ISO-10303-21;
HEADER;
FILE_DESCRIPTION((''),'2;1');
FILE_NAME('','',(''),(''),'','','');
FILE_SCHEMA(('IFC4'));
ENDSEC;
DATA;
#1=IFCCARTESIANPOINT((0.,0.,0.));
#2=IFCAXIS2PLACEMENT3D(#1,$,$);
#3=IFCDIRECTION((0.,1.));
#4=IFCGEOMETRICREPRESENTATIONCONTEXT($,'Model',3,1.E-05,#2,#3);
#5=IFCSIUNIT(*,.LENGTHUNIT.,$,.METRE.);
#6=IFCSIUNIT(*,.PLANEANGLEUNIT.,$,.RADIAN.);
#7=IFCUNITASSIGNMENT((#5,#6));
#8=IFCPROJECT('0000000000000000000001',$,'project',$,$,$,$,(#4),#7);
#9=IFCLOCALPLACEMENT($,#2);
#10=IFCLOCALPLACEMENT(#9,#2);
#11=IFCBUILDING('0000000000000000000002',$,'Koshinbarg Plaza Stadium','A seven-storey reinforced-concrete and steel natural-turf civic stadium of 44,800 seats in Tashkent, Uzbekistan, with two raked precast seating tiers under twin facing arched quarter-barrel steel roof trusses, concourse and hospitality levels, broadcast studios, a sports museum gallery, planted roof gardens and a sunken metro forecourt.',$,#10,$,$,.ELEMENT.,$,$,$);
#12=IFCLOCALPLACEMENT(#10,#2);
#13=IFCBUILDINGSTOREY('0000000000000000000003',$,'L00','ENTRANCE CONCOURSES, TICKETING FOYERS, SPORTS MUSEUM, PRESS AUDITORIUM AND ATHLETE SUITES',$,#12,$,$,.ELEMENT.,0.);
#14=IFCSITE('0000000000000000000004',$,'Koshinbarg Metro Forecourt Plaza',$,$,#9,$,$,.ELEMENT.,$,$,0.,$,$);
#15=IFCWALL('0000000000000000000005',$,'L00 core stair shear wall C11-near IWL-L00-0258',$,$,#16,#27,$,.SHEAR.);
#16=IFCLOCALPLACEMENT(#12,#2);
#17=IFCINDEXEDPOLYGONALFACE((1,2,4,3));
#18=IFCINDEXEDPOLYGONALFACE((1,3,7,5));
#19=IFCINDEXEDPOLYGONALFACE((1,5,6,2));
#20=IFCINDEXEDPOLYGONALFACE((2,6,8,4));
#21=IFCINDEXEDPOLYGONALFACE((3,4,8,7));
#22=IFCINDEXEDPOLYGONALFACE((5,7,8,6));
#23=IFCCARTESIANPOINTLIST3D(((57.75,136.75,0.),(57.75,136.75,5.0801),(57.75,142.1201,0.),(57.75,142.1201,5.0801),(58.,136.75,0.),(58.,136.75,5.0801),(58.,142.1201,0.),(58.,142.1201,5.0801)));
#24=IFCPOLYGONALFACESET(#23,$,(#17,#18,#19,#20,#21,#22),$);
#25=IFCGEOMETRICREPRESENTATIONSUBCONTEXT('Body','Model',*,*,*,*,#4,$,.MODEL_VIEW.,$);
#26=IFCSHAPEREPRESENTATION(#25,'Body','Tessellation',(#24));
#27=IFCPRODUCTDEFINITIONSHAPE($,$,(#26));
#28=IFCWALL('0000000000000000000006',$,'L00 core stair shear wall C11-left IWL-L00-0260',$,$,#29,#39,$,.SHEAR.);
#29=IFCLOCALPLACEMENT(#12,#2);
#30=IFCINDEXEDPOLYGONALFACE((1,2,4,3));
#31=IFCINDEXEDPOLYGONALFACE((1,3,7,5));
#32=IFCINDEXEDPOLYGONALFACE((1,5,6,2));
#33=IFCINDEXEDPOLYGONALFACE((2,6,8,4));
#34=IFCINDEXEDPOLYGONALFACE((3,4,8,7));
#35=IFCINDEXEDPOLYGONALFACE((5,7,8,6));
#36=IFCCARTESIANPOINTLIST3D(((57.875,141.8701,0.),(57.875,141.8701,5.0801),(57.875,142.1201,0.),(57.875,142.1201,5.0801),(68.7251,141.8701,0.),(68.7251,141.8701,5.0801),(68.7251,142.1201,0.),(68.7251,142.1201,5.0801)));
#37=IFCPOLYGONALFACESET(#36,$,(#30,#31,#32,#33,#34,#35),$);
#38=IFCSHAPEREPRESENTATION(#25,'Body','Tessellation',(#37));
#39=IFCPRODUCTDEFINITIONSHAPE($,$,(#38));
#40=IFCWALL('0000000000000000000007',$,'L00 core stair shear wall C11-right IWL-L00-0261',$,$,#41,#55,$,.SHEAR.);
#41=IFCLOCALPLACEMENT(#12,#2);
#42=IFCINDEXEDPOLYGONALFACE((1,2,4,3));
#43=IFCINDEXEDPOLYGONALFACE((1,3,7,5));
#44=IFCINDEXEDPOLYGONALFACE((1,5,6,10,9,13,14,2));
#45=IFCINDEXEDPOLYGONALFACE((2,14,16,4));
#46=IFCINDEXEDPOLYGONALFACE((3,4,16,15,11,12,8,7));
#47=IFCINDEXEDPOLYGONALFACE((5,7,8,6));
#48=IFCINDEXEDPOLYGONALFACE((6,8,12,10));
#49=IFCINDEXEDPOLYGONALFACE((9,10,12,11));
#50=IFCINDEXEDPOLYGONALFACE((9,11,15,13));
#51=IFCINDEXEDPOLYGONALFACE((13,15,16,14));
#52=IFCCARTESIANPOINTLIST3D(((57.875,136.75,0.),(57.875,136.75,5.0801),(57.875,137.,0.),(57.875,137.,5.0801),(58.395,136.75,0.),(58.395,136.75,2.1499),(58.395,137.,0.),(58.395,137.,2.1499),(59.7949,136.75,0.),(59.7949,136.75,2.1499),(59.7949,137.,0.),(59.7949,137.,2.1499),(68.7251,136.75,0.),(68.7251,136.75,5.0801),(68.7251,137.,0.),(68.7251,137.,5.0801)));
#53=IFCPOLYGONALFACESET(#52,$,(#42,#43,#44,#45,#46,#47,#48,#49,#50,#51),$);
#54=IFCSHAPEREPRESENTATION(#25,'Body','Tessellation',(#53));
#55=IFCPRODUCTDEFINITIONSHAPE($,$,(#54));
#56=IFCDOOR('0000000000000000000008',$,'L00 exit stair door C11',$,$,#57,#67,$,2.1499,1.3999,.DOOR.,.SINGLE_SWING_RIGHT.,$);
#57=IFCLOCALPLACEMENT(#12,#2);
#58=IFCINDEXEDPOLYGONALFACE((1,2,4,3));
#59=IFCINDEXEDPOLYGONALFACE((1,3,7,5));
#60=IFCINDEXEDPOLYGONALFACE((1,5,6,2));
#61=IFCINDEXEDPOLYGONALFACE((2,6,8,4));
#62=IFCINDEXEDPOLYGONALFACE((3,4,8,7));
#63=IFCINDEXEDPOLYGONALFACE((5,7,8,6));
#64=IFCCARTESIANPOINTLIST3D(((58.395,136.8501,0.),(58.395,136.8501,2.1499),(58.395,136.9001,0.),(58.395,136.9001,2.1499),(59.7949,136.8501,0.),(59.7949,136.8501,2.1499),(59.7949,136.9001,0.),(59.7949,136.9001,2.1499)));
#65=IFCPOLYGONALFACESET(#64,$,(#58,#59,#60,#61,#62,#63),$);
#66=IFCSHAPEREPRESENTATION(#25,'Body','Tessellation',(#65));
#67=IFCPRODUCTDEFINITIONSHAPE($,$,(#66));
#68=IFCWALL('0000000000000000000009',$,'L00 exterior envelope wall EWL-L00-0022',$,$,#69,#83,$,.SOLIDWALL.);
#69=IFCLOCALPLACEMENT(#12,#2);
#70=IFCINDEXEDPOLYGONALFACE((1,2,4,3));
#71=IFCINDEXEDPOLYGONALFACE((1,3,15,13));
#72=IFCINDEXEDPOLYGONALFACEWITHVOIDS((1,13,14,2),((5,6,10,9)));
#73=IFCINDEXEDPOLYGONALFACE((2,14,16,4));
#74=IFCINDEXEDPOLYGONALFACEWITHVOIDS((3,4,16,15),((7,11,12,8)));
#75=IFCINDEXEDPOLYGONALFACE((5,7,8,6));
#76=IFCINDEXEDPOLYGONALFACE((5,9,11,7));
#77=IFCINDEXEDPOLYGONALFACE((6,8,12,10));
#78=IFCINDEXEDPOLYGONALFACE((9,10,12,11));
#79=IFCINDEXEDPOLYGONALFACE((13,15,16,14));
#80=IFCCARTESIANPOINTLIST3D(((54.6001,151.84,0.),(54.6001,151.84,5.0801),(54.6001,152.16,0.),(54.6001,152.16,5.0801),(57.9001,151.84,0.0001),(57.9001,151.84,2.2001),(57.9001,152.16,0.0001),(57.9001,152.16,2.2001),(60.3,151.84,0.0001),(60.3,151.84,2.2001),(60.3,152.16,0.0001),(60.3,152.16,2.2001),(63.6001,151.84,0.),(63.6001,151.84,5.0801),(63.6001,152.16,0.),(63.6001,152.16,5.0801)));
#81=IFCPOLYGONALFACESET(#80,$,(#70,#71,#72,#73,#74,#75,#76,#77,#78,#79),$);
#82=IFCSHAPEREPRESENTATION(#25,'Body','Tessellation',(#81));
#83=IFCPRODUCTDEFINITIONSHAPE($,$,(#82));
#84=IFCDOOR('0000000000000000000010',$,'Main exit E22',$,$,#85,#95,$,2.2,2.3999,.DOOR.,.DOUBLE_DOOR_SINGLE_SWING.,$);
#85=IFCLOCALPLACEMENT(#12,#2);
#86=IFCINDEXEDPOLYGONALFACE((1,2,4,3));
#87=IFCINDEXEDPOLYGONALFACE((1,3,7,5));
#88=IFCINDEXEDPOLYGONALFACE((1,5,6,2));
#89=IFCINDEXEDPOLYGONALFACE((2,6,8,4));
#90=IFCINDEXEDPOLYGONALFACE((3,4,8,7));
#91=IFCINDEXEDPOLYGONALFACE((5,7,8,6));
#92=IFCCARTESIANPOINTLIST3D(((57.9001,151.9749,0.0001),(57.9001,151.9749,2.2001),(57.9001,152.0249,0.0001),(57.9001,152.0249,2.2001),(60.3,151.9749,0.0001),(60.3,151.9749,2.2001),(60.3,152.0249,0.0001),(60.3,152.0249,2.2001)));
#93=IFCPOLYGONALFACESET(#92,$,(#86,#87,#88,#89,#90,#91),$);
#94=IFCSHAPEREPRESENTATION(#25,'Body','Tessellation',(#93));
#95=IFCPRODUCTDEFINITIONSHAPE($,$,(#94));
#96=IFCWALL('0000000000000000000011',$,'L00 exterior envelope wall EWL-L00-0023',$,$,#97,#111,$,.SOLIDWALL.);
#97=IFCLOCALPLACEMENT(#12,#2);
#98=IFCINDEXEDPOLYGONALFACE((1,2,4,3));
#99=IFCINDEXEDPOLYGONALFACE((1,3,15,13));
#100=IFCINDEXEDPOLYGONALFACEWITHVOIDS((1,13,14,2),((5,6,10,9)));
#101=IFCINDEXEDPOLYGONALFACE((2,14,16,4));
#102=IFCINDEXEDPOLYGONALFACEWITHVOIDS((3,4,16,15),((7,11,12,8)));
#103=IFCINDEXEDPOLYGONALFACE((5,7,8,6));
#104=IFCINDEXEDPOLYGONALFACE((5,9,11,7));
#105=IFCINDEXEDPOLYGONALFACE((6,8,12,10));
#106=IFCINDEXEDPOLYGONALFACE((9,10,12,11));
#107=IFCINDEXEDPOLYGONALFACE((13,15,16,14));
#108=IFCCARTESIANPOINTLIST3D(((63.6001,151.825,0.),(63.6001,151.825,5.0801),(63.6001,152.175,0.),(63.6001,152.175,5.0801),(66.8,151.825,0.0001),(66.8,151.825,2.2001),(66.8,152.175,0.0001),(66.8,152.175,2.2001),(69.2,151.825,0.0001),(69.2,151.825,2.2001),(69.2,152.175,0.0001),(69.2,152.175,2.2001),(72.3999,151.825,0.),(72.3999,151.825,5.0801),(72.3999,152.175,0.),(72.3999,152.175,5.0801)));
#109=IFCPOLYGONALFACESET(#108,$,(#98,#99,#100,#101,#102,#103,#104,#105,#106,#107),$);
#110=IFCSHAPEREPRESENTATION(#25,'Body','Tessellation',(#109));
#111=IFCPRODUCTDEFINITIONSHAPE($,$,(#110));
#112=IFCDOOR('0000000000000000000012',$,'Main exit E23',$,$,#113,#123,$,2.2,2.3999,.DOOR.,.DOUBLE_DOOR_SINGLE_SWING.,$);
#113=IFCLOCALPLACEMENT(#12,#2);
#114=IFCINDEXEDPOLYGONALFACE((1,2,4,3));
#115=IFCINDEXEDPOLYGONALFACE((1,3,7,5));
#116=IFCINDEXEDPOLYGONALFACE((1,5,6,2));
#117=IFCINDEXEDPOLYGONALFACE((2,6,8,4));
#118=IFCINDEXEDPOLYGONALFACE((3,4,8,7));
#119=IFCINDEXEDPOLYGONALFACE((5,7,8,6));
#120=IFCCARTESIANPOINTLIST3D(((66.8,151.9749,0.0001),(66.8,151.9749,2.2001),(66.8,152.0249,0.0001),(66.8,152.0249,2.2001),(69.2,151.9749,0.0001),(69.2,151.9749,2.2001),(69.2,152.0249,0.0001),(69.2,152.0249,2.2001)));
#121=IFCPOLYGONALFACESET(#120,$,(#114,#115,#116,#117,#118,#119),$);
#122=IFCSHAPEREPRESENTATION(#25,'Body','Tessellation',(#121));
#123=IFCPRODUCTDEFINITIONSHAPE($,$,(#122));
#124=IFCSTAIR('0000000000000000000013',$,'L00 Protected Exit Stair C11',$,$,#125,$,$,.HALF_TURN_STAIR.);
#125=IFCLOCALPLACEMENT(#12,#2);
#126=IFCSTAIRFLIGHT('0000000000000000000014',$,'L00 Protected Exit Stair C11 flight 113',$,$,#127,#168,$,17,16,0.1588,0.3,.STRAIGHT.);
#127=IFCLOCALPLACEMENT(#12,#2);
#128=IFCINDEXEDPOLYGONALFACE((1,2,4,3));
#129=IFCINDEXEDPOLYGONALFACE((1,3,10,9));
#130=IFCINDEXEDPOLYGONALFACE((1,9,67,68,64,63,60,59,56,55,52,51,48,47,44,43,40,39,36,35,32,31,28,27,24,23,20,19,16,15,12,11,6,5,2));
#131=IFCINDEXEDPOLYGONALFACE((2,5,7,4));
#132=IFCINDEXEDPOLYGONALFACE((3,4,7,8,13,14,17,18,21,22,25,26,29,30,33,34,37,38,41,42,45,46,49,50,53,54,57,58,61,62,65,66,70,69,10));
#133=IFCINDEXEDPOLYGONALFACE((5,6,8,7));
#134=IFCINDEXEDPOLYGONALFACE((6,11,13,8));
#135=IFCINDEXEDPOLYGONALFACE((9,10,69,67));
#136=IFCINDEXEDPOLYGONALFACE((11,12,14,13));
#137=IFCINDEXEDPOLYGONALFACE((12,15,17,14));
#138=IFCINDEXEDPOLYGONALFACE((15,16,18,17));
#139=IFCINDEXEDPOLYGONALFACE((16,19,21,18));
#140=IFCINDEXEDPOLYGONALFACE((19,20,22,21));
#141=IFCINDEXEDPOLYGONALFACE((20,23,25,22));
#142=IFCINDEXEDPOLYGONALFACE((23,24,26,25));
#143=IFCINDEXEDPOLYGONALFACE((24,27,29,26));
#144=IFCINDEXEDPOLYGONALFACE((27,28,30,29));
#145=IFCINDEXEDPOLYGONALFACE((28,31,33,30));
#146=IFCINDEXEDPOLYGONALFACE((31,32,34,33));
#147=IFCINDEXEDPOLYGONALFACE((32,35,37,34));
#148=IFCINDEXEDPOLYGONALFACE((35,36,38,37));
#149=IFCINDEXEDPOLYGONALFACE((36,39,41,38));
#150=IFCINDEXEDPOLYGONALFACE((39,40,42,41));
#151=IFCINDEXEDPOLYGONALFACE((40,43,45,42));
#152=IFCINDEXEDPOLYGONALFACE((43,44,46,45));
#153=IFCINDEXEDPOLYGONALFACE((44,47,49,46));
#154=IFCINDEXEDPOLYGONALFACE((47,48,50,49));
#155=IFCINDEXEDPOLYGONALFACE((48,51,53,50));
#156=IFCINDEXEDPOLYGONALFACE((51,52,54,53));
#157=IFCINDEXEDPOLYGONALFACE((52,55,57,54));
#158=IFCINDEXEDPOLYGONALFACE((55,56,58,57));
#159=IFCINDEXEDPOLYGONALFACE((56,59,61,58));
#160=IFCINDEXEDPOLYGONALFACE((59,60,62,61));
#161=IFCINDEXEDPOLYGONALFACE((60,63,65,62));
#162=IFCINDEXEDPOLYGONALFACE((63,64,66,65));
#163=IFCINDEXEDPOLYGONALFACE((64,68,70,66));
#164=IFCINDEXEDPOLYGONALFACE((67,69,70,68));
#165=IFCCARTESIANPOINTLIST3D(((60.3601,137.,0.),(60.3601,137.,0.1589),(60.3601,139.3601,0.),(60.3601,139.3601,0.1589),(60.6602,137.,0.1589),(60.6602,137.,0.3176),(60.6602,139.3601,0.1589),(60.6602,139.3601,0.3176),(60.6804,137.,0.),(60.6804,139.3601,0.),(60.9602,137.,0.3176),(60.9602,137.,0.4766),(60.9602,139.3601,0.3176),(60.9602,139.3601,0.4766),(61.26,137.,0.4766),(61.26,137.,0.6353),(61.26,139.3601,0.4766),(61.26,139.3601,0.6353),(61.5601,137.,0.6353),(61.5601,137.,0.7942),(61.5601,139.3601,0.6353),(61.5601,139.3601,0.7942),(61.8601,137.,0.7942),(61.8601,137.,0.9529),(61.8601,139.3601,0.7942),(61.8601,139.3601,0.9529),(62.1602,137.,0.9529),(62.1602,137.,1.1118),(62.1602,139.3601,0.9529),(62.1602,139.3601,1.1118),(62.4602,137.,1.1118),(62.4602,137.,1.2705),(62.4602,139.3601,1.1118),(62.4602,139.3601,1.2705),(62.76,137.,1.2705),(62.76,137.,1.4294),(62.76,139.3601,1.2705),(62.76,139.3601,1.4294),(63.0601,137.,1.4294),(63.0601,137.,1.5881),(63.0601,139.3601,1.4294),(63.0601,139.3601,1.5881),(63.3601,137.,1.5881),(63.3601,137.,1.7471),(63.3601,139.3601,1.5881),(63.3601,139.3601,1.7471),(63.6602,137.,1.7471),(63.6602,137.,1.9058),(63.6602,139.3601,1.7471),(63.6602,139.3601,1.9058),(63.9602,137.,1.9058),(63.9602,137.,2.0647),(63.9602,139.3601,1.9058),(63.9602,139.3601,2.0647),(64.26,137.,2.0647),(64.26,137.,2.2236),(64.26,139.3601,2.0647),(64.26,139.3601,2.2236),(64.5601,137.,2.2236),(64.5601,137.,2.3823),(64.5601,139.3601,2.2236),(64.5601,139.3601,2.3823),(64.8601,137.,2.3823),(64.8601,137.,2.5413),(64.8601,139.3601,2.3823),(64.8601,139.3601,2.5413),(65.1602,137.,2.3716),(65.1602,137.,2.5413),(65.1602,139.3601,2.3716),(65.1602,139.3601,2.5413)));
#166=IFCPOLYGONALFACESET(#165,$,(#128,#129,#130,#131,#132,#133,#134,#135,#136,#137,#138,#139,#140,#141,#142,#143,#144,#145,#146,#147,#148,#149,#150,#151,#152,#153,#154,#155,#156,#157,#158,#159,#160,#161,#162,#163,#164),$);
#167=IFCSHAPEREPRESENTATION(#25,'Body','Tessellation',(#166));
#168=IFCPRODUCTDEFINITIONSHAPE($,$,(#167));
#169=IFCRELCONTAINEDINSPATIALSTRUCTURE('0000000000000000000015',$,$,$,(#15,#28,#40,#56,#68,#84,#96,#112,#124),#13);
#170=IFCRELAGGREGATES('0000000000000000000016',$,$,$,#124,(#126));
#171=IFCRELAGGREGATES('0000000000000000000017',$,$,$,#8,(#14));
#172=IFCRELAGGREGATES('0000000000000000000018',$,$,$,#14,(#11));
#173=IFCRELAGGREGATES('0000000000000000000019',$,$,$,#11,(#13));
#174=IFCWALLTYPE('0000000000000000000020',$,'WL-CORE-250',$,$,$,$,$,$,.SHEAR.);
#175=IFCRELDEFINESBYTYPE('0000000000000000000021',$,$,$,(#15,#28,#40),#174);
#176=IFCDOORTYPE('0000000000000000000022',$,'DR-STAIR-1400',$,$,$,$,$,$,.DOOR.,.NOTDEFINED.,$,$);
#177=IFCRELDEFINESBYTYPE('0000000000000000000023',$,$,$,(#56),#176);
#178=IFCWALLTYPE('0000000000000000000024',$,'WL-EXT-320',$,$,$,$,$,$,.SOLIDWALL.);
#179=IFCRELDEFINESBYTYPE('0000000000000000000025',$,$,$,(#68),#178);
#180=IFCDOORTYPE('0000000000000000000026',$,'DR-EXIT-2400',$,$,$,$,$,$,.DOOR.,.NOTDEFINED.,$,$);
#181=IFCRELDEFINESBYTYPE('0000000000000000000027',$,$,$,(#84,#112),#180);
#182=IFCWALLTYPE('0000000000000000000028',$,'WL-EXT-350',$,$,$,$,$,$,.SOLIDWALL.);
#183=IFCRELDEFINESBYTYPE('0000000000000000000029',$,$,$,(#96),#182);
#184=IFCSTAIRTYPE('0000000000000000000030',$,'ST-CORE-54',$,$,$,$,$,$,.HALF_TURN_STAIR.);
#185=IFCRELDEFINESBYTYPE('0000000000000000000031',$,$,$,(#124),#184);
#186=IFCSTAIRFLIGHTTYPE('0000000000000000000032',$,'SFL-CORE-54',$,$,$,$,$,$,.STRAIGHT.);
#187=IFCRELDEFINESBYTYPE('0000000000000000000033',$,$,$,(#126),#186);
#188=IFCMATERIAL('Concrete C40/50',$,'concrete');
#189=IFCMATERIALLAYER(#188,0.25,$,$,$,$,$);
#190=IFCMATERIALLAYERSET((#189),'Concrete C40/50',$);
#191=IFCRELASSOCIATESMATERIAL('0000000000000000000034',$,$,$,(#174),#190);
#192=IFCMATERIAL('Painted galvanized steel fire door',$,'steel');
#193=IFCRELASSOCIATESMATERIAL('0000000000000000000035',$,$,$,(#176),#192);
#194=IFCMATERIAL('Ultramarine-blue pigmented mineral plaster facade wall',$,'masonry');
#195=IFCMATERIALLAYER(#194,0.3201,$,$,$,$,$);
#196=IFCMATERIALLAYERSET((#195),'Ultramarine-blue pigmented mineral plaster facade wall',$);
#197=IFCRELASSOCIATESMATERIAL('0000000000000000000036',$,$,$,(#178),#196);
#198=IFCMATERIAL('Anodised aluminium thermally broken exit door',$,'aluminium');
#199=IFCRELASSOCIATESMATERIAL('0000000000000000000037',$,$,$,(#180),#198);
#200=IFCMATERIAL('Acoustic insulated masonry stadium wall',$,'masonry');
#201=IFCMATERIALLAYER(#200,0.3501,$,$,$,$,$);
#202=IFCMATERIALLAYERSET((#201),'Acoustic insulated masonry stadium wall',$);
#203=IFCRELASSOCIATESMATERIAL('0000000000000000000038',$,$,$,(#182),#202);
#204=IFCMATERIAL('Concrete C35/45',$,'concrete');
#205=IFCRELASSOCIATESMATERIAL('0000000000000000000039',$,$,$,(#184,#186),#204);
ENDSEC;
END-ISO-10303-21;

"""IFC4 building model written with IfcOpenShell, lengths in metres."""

from ifc_helpers import new_model, si_unit, direction, frame, frame_2d, origin, place, context, subcontext, project, spatial, polyline, rectangle, outline, extrude, material, layer, layer_set, type_object, element, fill, aggregate, save


model = new_model("IFC4")

# Units and contexts
model_context = context("Model", 3, precision=1e-05, world=origin(), true_north=direction((0.0, 1.0)))
body_context = subcontext(model_context, "Body", "Model", "MODEL_VIEW")
ifc_project = project(units=[si_unit("LENGTHUNIT", "METRE"), si_unit("PLANEANGLEUNIT", "RADIAN")], contexts=[model_context])

# Site, building, storey
site_placement = place(None, origin())
site = spatial("IfcSite", under=ifc_project, at=site_placement, Name="Koshinbarg Metro Forecourt Plaza", CompositionType="ELEMENT", RefElevation=0.0)
building_placement = place(site_placement, origin())
building = spatial("IfcBuilding", under=site, at=building_placement, Name="Koshinbarg Plaza Stadium", Description="A seven-storey reinforced-concrete and steel natural-turf civic stadium of 44,800 seats in Tashkent, Uzbekistan, with two raked precast seating tiers under twin facing arched quarter-barrel steel roof trusses, concourse and hospitality levels, broadcast studios, a sports museum gallery, planted roof gardens and a sunken metro forecourt.", CompositionType="ELEMENT")
storey_placement = place(building_placement, origin())
storey = spatial("IfcBuildingStorey", under=building, at=storey_placement, Name="L00", Description="ENTRANCE CONCOURSES, TICKETING FOYERS, SPORTS MUSEUM, PRESS AUDITORIUM AND ATHLETE SUITES", CompositionType="ELEMENT", Elevation=0.0)

# Shared definitions
ifc_material_1 = material(Name="Concrete C35/45", Category="concrete")

# Shared definitions
ifc_material_2 = material(Name="Concrete C40/50", Category="concrete")

# Walls
ifc_layer_1 = layer(ifc_material_2, 0.25)
ifc_layer_set_1 = layer_set([ifc_layer_1], Name="Concrete C40/50")
wall_type_1 = type_object("IfcWallType", Name="WL-CORE-250", PredefinedType="SHEAR", material=ifc_layer_set_1)
wall_1_placement = place(storey_placement, frame((57.875, 142.1201, 0.0), z_axis=(0.0, 0.0, 1.0), x_axis=(0.0, -1.0, 0.0)))
element("IfcWall", 1, at=wall_1_placement, inside=storey, type_object=wall_type_1, Name="L00 core stair shear wall C11-near IWL-L00-0258", PredefinedType="SHEAR", context=body_context, shape_type="SweptSolid", body=[
    extrude(rectangle(XDim=5.3701, YDim=0.25, at=frame_2d((2.6851, 0.0))), origin(), (0.0, 0.0, 1.0), 5.0801),
])
wall_2_placement = place(storey_placement, frame((57.875, 141.9951, 0.0), z_axis=(0.0, 0.0, 1.0), x_axis=(1.0, 0.0, 0.0)))
element("IfcWall", 2, at=wall_2_placement, inside=storey, type_object=wall_type_1, Name="L00 core stair shear wall C11-left IWL-L00-0260", PredefinedType="SHEAR", context=body_context, shape_type="SweptSolid", body=[
    extrude(rectangle(XDim=10.8501, YDim=0.25, at=frame_2d((5.425, 0.0))), origin(), (0.0, 0.0, 1.0), 5.0801),
])

# Walls, openings, doors
wall_3_placement = place(storey_placement, frame((57.875, 136.875, 0.0), z_axis=(0.0, 0.0, 1.0), x_axis=(1.0, 0.0, 0.0)))
wall_3 = element("IfcWall", 3, at=wall_3_placement, inside=storey, type_object=wall_type_1, Name="L00 core stair shear wall C11-right IWL-L00-0261", PredefinedType="SHEAR", context=body_context, shape_type="SweptSolid", body=[
    extrude(rectangle(XDim=10.8501, YDim=0.25, at=frame_2d((5.425, 0.0))), origin(), (0.0, 0.0, 1.0), 5.0801),
])
opening_1_placement = place(wall_3_placement, frame((0.52, 0.0, 0.0)))
opening_1 = element("IfcOpeningElement", 4, at=opening_1_placement, cuts=wall_3, PredefinedType="OPENING", context=body_context, shape_type="SweptSolid", body=[
    extrude(rectangle(XDim=1.3999, YDim=2.1499, at=frame_2d((0.7, 1.075))), frame((0.0, 0.135, 0.0), z_axis=(0.0, -1.0, 0.0), x_axis=(1.0, 0.0, 0.0)), (0.0, 0.0, 1.0), 0.27),
])
ifc_material_3 = material(Name="Painted galvanized steel fire door", Category="steel")
door_type_1 = type_object("IfcDoorType", Name="DR-STAIR-1400", OperationType="NOTDEFINED", PredefinedType="DOOR", material=ifc_material_3)
door_1_placement = place(opening_1_placement, frame((1.3999, 0.0, 0.0), z_axis=(0.0, 0.0, 1.0), x_axis=(-1.0, 0.0, 0.0)))
door_1 = element("IfcDoor", 5, at=door_1_placement, inside=storey, type_object=door_type_1, Name="L00 exit stair door C11", OperationType="SINGLE_SWING_RIGHT", OverallHeight=2.1499, OverallWidth=1.3999, PredefinedType="DOOR", context=body_context, shape_type="SweptSolid", body=[
    extrude(rectangle(XDim=1.3999, YDim=2.1499, at=frame_2d((0.7, 1.075))), frame((0.0, 0.0249, 0.0), z_axis=(0.0, -1.0, 0.0), x_axis=(1.0, 0.0, 0.0)), (0.0, 0.0, 1.0), 0.05),
])
fill(opening_1, door_1)
ifc_material_4 = material(Name="Ultramarine-blue pigmented mineral plaster facade wall", Category="masonry")
ifc_layer_2 = layer(ifc_material_4, 0.3201)
ifc_layer_set_2 = layer_set([ifc_layer_2], Name="Ultramarine-blue pigmented mineral plaster facade wall")
wall_type_2 = type_object("IfcWallType", Name="WL-EXT-320", PredefinedType="SOLIDWALL", material=ifc_layer_set_2)
wall_4_placement = place(storey_placement, frame((54.6001, 152.0, 0.0), z_axis=(0.0, 0.0, 1.0), x_axis=(1.0, 0.0, 0.0)))
wall_4 = element("IfcWall", 6, at=wall_4_placement, inside=storey, type_object=wall_type_2, Name="L00 exterior envelope wall EWL-L00-0022", PredefinedType="SOLIDWALL", context=body_context, shape_type="SweptSolid", body=[
    extrude(rectangle(XDim=9.0, YDim=0.3201, at=frame_2d((4.5, 0.0))), origin(), (0.0, 0.0, 1.0), 5.0801),
])
opening_2_placement = place(wall_4_placement, frame((3.3, 0.0, 0.0)))
opening_2 = element("IfcOpeningElement", 7, at=opening_2_placement, cuts=wall_4, PredefinedType="OPENING", context=body_context, shape_type="SweptSolid", body=[
    extrude(rectangle(XDim=2.3999, YDim=2.2, at=frame_2d((1.2, 1.1001))), frame((0.0, 0.1699, 0.0), z_axis=(0.0, -1.0, 0.0), x_axis=(1.0, 0.0, 0.0)), (0.0, 0.0, 1.0), 0.3401),
])
ifc_material_5 = material(Name="Anodised aluminium thermally broken exit door", Category="aluminium")
door_type_2 = type_object("IfcDoorType", Name="DR-EXIT-2400", OperationType="NOTDEFINED", PredefinedType="DOOR", material=ifc_material_5)
door_2_placement = place(opening_2_placement, origin())
door_2 = element("IfcDoor", 8, at=door_2_placement, inside=storey, type_object=door_type_2, Name="Main exit E22", OperationType="DOUBLE_DOOR_SINGLE_SWING", OverallHeight=2.2, OverallWidth=2.3999, PredefinedType="DOOR", context=body_context, shape_type="SweptSolid", body=[
    extrude(rectangle(XDim=2.3999, YDim=2.2, at=frame_2d((1.2, 1.1001))), frame((0.0, 0.0249, 0.0), z_axis=(0.0, -1.0, 0.0), x_axis=(1.0, 0.0, 0.0)), (0.0, 0.0, 1.0), 0.05),
])
fill(opening_2, door_2)
ifc_material_6 = material(Name="Acoustic insulated masonry stadium wall", Category="masonry")
ifc_layer_3 = layer(ifc_material_6, 0.3501)
ifc_layer_set_3 = layer_set([ifc_layer_3], Name="Acoustic insulated masonry stadium wall")
wall_type_3 = type_object("IfcWallType", Name="WL-EXT-350", PredefinedType="SOLIDWALL", material=ifc_layer_set_3)
wall_5_placement = place(storey_placement, frame((63.6001, 152.0, 0.0), z_axis=(0.0, 0.0, 1.0), x_axis=(1.0, 0.0, 0.0)))
wall_5 = element("IfcWall", 9, at=wall_5_placement, inside=storey, type_object=wall_type_3, Name="L00 exterior envelope wall EWL-L00-0023", PredefinedType="SOLIDWALL", context=body_context, shape_type="SweptSolid", body=[
    extrude(rectangle(XDim=8.7998, YDim=0.3501, at=frame_2d((4.3999, 0.0))), origin(), (0.0, 0.0, 1.0), 5.0801),
])
opening_3_placement = place(wall_5_placement, frame((3.2, 0.0, 0.0)))
opening_3 = element("IfcOpeningElement", 10, at=opening_3_placement, cuts=wall_5, PredefinedType="OPENING", context=body_context, shape_type="SweptSolid", body=[
    extrude(rectangle(XDim=2.3999, YDim=2.2, at=frame_2d((1.2, 1.1001))), frame((0.0, 0.1851, 0.0), z_axis=(0.0, -1.0, 0.0), x_axis=(1.0, 0.0, 0.0)), (0.0, 0.0, 1.0), 0.3701),
])
door_3_placement = place(opening_3_placement, origin())
door_3 = element("IfcDoor", 11, at=door_3_placement, inside=storey, type_object=door_type_2, Name="Main exit E23", OperationType="DOUBLE_DOOR_SINGLE_SWING", OverallHeight=2.2, OverallWidth=2.3999, PredefinedType="DOOR", context=body_context, shape_type="SweptSolid", body=[
    extrude(rectangle(XDim=2.3999, YDim=2.2, at=frame_2d((1.2, 1.1001))), frame((0.0, 0.0249, 0.0), z_axis=(0.0, -1.0, 0.0), x_axis=(1.0, 0.0, 0.0)), (0.0, 0.0, 1.0), 0.05),
])
fill(opening_3, door_3)

# Stair, stair flight
stair_type = type_object("IfcStairType", Name="ST-CORE-54", PredefinedType="HALF_TURN_STAIR", material=ifc_material_1)
stair_placement = place(storey_placement, origin())
stair = element("IfcStair", 12, at=stair_placement, inside=storey, type_object=stair_type, Name="L00 Protected Exit Stair C11", PredefinedType="HALF_TURN_STAIR")
stair_flight_type = type_object("IfcStairFlightType", Name="SFL-CORE-54", PredefinedType="STRAIGHT", material=ifc_material_1)
stair_flight_1_placement = place(storey_placement, frame((60.3601, 138.1799, 0.0), z_axis=(0.0, 0.0, 1.0), x_axis=(1.0, 0.0, 0.0)))
stair_flight_1 = element("IfcStairFlight", 13, at=stair_flight_1_placement, type_object=stair_flight_type, Name="L00 Protected Exit Stair C11 flight 113", NumberOfRisers=17, NumberOfTreads=16, PredefinedType="STRAIGHT", RiserHeight=0.1588, TreadLength=0.3, context=body_context, shape_type="SweptSolid", body=[
    extrude(outline(polyline([(0.0, 0.0), (0.0, 0.1589), (0.3, 0.1589), (0.3, 0.3176), (0.6001, 0.3176), (0.6001, 0.4766), (0.8999, 0.4766), (0.8999, 0.6353), (1.2, 0.6353), (1.2, 0.7942), (1.5, 0.7942), (1.5, 0.9529), (1.8, 0.9529), (1.8, 1.1118), (2.1001, 1.1118), (2.1001, 1.2705), (2.3999, 1.2705), (2.3999, 1.4294), (2.7, 1.4294), (2.7, 1.5881), (3.0, 1.5881), (3.0, 1.7471), (3.3, 1.7471), (3.3, 1.9058), (3.6001, 1.9058), (3.6001, 2.0647), (3.8999, 2.0647), (3.8999, 2.2236), (4.2, 2.2236), (4.2, 2.3823), (4.5, 2.3823), (4.5, 2.5413), (4.8, 2.5413), (4.8, 2.7), (4.8, 2.3716), (0.3203, 0.0), (0.0, 0.0)])), frame((0.0, 1.1802, 0.0), z_axis=(0.0, -1.0, 0.0), x_axis=(1.0, 0.0, 0.0)), (0.0, 0.0, 1.0), 2.3601),
])
aggregate(stair, [stair_flight_1])

save(model, "model.ifc")
